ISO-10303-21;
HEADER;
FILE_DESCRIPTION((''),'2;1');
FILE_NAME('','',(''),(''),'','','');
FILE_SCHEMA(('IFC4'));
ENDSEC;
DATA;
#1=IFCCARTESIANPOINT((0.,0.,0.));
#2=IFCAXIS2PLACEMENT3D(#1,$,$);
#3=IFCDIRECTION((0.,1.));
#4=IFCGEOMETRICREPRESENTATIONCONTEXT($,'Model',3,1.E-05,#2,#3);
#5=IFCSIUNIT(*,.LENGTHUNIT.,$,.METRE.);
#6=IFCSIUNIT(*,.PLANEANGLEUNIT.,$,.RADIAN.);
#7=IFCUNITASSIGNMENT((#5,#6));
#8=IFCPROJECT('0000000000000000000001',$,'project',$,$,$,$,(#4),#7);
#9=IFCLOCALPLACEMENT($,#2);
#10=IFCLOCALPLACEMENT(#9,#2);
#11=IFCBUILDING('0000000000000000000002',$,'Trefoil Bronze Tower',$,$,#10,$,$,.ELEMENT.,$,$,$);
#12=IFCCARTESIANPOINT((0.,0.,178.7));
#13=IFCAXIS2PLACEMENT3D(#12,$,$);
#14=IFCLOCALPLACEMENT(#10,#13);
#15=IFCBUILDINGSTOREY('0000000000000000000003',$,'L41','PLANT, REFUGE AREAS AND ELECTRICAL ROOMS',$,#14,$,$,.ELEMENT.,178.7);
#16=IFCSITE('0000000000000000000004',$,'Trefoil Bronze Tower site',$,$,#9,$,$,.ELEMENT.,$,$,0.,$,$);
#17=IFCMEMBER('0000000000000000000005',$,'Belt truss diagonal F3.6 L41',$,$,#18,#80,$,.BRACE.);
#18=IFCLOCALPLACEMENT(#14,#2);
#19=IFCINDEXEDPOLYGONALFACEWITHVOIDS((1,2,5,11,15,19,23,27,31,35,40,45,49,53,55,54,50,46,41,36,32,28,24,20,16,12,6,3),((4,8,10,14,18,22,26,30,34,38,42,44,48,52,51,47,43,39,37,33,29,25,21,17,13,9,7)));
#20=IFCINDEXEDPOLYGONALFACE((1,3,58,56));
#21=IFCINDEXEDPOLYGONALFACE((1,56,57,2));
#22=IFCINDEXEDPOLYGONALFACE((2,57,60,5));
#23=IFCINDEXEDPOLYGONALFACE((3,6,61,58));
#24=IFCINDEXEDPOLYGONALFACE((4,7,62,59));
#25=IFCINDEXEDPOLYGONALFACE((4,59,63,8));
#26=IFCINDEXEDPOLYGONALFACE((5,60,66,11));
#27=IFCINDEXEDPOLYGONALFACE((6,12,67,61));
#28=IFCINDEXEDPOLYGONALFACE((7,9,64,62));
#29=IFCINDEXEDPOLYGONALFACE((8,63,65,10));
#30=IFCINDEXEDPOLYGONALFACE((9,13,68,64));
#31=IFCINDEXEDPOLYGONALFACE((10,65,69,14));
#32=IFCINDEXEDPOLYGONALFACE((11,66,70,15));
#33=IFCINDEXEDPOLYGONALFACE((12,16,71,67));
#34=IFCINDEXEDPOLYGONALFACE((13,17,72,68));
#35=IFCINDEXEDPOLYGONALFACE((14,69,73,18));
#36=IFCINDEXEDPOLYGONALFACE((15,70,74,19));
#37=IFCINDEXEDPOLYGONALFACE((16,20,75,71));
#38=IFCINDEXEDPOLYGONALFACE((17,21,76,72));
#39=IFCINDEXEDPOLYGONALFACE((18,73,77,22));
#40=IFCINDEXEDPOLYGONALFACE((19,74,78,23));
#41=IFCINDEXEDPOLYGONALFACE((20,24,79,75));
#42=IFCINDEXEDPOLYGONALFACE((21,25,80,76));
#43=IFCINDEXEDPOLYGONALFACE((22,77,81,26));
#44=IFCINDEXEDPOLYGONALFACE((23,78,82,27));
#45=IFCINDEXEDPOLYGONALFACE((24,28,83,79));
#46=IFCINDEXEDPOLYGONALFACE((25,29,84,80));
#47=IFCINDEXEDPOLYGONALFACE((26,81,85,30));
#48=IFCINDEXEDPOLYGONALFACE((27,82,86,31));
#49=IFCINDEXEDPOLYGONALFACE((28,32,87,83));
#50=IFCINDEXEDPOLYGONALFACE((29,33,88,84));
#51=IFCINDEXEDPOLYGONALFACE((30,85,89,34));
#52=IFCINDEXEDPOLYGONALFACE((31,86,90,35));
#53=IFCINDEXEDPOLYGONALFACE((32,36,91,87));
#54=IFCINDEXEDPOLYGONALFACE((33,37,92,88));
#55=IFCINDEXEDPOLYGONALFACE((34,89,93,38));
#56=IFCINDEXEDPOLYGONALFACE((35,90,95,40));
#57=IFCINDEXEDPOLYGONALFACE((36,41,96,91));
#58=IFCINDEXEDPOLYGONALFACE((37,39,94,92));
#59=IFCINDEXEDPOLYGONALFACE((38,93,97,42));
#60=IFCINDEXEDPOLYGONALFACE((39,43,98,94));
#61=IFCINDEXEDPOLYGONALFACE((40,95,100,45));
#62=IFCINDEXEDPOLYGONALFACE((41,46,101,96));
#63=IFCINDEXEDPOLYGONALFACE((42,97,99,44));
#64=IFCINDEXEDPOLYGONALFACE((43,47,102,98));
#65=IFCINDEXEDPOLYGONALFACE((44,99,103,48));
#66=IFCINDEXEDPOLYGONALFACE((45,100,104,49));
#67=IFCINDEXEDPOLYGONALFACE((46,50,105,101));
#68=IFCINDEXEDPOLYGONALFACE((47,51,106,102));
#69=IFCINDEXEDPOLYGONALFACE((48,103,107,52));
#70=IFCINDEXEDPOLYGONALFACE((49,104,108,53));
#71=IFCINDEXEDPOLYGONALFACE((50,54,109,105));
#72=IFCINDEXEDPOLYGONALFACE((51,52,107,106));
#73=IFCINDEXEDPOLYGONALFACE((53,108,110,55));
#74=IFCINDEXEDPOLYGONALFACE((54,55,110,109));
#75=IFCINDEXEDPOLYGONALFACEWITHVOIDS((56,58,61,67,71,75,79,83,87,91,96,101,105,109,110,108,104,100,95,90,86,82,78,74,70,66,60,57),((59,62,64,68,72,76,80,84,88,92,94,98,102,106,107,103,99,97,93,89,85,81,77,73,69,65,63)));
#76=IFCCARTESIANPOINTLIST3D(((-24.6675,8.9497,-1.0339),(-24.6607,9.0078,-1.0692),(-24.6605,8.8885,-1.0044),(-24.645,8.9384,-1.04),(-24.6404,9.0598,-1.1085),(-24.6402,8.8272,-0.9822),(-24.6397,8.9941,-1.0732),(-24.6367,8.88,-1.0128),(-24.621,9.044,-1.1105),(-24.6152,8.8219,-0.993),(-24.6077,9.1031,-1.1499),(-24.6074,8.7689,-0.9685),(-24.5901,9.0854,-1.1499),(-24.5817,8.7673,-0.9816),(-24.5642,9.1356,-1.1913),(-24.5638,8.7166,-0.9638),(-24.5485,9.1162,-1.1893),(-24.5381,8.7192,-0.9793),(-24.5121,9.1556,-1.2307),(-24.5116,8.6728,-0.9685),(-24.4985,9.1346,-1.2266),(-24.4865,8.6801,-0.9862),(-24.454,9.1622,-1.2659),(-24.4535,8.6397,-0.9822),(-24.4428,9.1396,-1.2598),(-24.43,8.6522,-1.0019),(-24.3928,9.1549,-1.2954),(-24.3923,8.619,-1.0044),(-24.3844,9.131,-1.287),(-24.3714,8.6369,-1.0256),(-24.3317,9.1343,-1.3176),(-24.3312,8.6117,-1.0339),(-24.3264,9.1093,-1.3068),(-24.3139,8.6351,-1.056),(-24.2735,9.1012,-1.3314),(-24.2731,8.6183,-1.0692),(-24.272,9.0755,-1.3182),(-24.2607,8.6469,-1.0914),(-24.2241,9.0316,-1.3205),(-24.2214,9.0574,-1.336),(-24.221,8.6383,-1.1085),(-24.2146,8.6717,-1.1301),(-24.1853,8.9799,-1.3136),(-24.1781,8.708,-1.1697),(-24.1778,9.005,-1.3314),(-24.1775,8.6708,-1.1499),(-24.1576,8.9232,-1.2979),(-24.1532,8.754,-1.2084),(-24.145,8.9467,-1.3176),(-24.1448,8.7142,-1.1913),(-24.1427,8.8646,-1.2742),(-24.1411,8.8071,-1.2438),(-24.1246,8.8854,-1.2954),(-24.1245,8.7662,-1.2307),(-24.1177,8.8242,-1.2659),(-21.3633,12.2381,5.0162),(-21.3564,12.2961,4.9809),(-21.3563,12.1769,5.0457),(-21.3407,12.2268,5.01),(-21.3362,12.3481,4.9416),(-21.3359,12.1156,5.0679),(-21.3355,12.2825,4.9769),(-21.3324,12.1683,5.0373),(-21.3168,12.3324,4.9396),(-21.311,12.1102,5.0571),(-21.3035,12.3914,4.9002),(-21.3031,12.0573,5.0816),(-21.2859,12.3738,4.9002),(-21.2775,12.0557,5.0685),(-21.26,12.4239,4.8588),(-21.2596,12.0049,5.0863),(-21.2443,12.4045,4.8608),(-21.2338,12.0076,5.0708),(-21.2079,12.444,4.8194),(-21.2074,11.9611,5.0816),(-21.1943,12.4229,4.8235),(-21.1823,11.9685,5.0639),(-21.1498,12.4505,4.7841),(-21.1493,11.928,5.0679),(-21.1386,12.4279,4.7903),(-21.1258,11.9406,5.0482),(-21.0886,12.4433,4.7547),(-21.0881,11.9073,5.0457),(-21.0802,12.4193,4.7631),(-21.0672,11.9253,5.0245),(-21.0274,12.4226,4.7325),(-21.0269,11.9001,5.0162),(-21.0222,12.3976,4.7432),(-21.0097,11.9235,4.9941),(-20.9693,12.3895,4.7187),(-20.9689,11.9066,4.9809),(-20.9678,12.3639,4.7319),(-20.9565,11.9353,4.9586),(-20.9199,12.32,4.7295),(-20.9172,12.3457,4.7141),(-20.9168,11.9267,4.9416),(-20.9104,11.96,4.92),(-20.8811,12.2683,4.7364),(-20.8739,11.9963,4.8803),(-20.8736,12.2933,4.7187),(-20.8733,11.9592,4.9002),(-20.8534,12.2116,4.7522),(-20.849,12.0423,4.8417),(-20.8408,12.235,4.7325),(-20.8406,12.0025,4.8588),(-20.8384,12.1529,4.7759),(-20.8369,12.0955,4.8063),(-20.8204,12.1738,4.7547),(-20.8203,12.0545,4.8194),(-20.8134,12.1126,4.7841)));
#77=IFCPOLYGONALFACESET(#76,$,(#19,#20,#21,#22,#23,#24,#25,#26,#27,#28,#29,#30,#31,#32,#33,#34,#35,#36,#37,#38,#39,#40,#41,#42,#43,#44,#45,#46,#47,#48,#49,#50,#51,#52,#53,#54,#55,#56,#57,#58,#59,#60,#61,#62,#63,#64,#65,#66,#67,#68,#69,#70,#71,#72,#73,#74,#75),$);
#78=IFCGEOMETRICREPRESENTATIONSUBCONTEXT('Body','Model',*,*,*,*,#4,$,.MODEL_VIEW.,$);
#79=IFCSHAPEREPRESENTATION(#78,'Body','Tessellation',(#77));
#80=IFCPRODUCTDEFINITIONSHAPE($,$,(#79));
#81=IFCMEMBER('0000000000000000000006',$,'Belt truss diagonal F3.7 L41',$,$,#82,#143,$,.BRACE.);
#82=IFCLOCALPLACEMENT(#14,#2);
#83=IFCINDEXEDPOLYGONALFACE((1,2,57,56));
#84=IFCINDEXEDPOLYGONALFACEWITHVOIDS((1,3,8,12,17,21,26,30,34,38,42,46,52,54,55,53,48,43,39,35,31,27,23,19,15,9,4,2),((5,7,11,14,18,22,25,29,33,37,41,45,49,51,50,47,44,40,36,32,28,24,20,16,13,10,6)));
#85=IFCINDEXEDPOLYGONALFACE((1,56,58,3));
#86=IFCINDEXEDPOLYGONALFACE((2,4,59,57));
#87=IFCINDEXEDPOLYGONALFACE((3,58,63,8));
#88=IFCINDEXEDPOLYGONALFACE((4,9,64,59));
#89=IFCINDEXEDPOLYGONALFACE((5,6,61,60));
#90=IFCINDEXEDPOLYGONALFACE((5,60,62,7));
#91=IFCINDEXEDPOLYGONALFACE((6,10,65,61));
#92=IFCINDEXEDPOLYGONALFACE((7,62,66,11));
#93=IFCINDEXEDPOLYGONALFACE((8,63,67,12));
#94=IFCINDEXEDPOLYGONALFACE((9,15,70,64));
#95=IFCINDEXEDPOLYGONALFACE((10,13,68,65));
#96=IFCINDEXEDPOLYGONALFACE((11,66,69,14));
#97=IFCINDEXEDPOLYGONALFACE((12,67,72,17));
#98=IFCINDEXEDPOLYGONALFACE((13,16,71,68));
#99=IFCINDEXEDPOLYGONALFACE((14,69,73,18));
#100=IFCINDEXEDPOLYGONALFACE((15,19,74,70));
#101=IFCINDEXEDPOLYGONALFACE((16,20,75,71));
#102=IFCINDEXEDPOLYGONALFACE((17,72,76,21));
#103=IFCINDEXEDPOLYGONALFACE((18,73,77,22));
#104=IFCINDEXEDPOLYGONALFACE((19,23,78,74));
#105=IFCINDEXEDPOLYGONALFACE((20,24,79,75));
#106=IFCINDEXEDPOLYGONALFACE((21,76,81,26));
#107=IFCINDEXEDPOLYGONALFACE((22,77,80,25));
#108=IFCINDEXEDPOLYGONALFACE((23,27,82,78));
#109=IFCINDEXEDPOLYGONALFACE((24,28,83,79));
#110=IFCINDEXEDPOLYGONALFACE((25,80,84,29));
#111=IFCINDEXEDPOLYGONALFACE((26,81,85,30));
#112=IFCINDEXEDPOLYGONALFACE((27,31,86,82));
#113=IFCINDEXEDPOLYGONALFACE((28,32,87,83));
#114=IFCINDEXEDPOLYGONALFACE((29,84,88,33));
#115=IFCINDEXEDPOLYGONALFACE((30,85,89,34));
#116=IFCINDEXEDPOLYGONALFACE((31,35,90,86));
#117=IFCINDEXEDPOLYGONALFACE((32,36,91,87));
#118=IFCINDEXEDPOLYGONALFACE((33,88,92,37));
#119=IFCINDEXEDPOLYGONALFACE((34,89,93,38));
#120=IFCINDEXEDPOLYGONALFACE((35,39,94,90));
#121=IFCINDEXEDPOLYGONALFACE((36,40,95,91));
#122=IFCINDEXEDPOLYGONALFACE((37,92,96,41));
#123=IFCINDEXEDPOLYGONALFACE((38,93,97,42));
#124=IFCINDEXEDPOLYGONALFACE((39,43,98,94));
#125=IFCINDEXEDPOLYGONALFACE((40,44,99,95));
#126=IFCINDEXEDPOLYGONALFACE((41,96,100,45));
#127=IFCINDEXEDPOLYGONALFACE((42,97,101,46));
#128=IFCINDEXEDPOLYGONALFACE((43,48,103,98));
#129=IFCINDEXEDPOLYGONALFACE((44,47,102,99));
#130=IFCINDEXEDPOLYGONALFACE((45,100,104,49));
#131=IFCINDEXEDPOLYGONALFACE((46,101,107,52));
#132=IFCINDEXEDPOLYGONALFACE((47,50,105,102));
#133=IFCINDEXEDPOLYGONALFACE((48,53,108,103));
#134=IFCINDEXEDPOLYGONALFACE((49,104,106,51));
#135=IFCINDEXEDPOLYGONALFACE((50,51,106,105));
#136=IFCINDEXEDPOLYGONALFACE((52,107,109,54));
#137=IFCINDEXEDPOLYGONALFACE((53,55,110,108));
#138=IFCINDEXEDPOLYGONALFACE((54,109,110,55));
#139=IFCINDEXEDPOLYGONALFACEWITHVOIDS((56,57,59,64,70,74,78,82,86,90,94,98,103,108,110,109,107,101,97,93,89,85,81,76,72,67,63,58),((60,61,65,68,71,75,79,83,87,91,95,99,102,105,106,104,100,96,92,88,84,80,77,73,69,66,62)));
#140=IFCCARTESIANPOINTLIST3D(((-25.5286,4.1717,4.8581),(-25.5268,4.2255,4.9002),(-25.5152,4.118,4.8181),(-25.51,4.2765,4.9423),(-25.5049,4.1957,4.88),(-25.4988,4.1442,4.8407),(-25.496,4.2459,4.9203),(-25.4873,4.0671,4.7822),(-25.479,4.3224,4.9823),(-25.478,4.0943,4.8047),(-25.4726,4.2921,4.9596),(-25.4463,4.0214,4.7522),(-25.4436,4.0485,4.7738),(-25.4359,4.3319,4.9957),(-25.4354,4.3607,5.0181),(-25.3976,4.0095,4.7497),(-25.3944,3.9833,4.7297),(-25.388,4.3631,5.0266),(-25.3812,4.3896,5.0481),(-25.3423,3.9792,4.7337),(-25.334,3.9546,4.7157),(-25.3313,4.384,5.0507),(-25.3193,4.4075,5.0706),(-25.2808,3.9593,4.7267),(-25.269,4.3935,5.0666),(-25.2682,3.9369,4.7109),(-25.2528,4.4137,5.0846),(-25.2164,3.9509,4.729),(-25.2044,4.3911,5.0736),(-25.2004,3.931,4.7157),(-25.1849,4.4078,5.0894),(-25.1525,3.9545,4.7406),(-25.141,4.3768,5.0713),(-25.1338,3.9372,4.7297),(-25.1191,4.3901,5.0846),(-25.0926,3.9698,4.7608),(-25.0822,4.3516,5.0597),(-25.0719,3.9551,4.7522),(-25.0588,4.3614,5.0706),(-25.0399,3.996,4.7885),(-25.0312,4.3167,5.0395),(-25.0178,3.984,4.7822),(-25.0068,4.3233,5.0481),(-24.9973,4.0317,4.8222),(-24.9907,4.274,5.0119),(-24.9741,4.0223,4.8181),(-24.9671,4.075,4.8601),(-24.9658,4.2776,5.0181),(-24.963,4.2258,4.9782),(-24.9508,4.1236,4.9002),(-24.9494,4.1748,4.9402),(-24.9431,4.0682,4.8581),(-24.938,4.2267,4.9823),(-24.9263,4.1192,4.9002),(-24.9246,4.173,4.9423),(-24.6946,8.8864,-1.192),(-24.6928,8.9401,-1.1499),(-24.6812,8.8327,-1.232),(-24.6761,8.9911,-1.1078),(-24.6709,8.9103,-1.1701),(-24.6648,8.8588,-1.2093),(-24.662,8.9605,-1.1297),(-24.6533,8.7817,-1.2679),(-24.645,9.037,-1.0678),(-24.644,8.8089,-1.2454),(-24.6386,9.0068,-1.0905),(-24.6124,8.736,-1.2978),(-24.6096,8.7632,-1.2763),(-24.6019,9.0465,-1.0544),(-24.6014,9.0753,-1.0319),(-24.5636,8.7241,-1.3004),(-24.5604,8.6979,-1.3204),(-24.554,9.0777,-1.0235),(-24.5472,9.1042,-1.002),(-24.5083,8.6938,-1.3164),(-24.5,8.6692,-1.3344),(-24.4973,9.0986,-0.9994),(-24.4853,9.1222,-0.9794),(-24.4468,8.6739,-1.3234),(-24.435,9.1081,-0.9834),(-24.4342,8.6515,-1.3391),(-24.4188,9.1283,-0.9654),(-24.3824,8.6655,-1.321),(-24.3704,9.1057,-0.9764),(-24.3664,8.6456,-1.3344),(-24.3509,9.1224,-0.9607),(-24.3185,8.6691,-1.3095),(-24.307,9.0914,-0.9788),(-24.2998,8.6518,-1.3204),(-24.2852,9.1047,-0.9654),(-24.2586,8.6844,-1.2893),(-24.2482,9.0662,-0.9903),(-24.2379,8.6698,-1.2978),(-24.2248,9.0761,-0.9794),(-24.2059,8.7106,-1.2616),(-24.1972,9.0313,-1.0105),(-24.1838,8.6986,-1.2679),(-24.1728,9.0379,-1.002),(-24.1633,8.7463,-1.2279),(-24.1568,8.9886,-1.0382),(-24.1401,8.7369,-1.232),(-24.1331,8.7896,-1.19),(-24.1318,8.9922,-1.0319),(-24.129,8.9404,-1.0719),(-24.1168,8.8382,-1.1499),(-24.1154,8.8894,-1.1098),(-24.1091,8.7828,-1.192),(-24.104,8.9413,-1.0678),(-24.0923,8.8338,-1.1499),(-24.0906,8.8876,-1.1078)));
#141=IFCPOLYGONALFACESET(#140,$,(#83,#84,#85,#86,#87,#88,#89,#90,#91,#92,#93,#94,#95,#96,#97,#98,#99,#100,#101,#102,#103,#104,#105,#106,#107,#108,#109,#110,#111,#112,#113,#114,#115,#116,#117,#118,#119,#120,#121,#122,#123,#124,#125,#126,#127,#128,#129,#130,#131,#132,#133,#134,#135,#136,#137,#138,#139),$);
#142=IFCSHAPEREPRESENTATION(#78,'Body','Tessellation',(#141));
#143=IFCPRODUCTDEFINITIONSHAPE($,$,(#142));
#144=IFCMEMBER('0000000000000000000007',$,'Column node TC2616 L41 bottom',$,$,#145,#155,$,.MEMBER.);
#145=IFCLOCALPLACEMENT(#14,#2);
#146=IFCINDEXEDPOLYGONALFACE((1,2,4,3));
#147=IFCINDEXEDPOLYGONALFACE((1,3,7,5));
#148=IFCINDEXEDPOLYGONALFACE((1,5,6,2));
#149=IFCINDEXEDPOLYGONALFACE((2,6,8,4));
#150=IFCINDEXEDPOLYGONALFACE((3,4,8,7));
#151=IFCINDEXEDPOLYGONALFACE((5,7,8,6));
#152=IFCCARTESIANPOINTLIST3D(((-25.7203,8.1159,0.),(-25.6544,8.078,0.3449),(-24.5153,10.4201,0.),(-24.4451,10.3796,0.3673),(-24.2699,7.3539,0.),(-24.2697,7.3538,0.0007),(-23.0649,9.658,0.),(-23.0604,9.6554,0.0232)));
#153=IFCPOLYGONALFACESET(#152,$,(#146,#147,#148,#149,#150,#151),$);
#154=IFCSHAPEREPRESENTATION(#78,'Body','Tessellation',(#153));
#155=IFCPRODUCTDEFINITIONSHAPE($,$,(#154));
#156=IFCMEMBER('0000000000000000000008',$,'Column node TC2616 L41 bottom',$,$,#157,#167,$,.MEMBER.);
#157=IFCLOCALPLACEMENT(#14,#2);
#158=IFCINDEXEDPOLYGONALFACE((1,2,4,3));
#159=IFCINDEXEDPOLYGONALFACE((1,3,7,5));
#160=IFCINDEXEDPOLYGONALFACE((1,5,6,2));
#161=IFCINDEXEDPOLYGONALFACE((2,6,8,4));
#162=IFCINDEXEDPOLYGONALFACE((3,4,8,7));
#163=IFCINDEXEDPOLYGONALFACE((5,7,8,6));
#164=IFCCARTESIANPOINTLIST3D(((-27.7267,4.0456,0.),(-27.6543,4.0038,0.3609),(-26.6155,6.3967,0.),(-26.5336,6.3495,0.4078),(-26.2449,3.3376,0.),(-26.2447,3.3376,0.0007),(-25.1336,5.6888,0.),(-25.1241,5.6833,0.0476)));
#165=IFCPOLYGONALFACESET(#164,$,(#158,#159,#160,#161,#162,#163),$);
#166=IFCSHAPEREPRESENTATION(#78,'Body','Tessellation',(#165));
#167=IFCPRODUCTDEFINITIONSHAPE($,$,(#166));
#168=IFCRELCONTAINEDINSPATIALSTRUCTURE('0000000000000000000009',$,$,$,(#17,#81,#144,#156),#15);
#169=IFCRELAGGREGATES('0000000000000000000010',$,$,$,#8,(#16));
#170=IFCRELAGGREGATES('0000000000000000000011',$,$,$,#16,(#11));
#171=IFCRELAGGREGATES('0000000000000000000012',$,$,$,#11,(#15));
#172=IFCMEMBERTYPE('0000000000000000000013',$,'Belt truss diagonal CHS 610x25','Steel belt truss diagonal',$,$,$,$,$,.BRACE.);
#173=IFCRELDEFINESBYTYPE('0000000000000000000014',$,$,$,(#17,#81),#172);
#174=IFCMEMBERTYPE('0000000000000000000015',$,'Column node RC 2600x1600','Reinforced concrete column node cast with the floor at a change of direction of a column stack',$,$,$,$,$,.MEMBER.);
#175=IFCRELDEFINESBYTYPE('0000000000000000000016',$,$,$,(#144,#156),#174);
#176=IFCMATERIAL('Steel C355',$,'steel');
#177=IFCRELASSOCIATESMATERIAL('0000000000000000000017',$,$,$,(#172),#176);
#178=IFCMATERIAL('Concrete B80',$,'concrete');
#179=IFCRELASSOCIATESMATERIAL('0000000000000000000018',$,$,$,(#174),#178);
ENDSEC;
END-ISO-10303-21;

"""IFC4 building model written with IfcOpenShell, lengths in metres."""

from ifc_helpers import new_model, si_unit, direction, frame, origin, origin_2d, place, context, subcontext, project, spatial, rectangle, hollow_circle, extrude, clip, halfspace, material, material_profile, profile_set, type_object, element, save


model = new_model("IFC4")

# Units and contexts
model_context = context("Model", 3, precision=1e-05, world=origin(), true_north=direction((0.0, 1.0)))
body_context = subcontext(model_context, "Body", "Model", "MODEL_VIEW")
ifc_project = project(units=[si_unit("LENGTHUNIT", "METRE"), si_unit("PLANEANGLEUNIT", "RADIAN")], contexts=[model_context])

# Site, building, storey
site_placement = place(None, origin())
site = spatial("IfcSite", under=ifc_project, at=site_placement, Name="Trefoil Bronze Tower site", CompositionType="ELEMENT", RefElevation=0.0)
building_placement = place(site_placement, origin())
building = spatial("IfcBuilding", under=site, at=building_placement, Name="Trefoil Bronze Tower", CompositionType="ELEMENT")
storey_placement = place(building_placement, frame((0.0, 0.0, 178.7)))
storey = spatial("IfcBuildingStorey", under=building, at=storey_placement, Name="L41", Description="PLANT, REFUGE AREAS AND ELECTRICAL ROOMS", CompositionType="ELEMENT", Elevation=178.7)

# Members
ifc_material_1 = material(Name="Steel C355", Category="steel")
ifc_material_profile_1 = material_profile(ifc_material_1, hollow_circle(Radius=0.3049, WallThickness=0.0249, at=origin_2d()), Name="CHS 610x25")
ifc_profile_set_1 = profile_set([ifc_material_profile_1], Name="Steel C355")
member_type_1 = type_object("IfcMemberType", Name="Belt truss diagonal CHS 610x25", Description="Steel belt truss diagonal", PredefinedType="BRACE", material=ifc_profile_set_1)
member_1_placement = place(storey_placement, frame((-24.3926, 8.887, -1.1499), z_axis=(0.432619, 0.430541, 0.792133), x_axis=(-0.705403, 0.708807, 0.0)))
element("IfcMember", 1, at=member_1_placement, inside=storey, type_object=member_type_1, Name="Belt truss diagonal F3.6 L41", PredefinedType="BRACE", context=body_context, shape_type="SweptSolid", body=[
    extrude(hollow_circle(Radius=0.3049, WallThickness=0.0249, at=origin_2d()), origin(), (0.0, 0.0, 1.0), 7.6377),
])
member_2_placement = place(storey_placement, frame((-24.3926, 8.887, -1.1499), z_axis=(-0.108095, -0.61107, 0.784161), x_axis=(0.984712, -0.17419, 0.0)))
element("IfcMember", 2, at=member_2_placement, inside=storey, type_object=member_type_1, Name="Belt truss diagonal F3.7 L41", PredefinedType="BRACE", context=body_context, shape_type="SweptSolid", body=[
    extrude(hollow_circle(Radius=0.3049, WallThickness=0.0249, at=origin_2d()), origin(), (0.0, 0.0, 1.0), 7.7153),
])
ifc_material_2 = material(Name="Concrete B80", Category="concrete")
ifc_material_profile_2 = material_profile(ifc_material_2, rectangle(XDim=2.6001, YDim=1.6001, at=origin_2d()), Name="RC 2600x1600")
ifc_profile_set_2 = profile_set([ifc_material_profile_2], Name="Concrete B80")
member_type_2 = type_object("IfcMemberType", Name="Column node RC 2600x1600", Description="Reinforced concrete column node cast with the floor at a change of direction of a column stack", PredefinedType="MEMBER", material=ifc_profile_set_2)
member_3_placement = place(storey_placement, frame((-24.4277, 8.9072, -0.1841), z_axis=(0.186504, -0.107499, 0.976555), x_axis=(-0.465095, -0.885219, -0.00862)))
element("IfcMember", 3, at=member_3_placement, inside=storey, type_object=member_type_2, Name="Column node TC2616 L41 bottom", PredefinedType="MEMBER", context=body_context, shape_type="Clipping", body=[
    clip(extrude(rectangle(XDim=2.6001, YDim=1.6001, at=origin_2d()), origin(), (0.0, 0.0, 1.0), 0.377), halfspace(frame((0.0, 0.0, 0.1885), z_axis=(-0.00862, -0.215094, 0.976555), x_axis=(0.0, 0.976592, 0.215102)), True)),
])
member_4_placement = place(storey_placement, frame((-26.4712, 4.8909, -0.2043), z_axis=(0.195534, -0.112897, 0.974177), x_axis=(-0.431008, -0.902168, -0.018042)))
element("IfcMember", 4, at=member_4_placement, inside=storey, type_object=member_type_2, Name="Column node TC2616 L41 bottom", PredefinedType="MEMBER", context=body_context, shape_type="Clipping", body=[
    clip(extrude(rectangle(XDim=2.6001, YDim=1.6001, at=origin_2d()), origin(), (0.0, 0.0, 1.0), 0.4194), halfspace(frame((0.0, 0.0, 0.2097), z_axis=(-0.018042, -0.225064, 0.974177), x_axis=(0.0, 0.974336, 0.225101)), True)),
])

save(model, "model.ifc")
